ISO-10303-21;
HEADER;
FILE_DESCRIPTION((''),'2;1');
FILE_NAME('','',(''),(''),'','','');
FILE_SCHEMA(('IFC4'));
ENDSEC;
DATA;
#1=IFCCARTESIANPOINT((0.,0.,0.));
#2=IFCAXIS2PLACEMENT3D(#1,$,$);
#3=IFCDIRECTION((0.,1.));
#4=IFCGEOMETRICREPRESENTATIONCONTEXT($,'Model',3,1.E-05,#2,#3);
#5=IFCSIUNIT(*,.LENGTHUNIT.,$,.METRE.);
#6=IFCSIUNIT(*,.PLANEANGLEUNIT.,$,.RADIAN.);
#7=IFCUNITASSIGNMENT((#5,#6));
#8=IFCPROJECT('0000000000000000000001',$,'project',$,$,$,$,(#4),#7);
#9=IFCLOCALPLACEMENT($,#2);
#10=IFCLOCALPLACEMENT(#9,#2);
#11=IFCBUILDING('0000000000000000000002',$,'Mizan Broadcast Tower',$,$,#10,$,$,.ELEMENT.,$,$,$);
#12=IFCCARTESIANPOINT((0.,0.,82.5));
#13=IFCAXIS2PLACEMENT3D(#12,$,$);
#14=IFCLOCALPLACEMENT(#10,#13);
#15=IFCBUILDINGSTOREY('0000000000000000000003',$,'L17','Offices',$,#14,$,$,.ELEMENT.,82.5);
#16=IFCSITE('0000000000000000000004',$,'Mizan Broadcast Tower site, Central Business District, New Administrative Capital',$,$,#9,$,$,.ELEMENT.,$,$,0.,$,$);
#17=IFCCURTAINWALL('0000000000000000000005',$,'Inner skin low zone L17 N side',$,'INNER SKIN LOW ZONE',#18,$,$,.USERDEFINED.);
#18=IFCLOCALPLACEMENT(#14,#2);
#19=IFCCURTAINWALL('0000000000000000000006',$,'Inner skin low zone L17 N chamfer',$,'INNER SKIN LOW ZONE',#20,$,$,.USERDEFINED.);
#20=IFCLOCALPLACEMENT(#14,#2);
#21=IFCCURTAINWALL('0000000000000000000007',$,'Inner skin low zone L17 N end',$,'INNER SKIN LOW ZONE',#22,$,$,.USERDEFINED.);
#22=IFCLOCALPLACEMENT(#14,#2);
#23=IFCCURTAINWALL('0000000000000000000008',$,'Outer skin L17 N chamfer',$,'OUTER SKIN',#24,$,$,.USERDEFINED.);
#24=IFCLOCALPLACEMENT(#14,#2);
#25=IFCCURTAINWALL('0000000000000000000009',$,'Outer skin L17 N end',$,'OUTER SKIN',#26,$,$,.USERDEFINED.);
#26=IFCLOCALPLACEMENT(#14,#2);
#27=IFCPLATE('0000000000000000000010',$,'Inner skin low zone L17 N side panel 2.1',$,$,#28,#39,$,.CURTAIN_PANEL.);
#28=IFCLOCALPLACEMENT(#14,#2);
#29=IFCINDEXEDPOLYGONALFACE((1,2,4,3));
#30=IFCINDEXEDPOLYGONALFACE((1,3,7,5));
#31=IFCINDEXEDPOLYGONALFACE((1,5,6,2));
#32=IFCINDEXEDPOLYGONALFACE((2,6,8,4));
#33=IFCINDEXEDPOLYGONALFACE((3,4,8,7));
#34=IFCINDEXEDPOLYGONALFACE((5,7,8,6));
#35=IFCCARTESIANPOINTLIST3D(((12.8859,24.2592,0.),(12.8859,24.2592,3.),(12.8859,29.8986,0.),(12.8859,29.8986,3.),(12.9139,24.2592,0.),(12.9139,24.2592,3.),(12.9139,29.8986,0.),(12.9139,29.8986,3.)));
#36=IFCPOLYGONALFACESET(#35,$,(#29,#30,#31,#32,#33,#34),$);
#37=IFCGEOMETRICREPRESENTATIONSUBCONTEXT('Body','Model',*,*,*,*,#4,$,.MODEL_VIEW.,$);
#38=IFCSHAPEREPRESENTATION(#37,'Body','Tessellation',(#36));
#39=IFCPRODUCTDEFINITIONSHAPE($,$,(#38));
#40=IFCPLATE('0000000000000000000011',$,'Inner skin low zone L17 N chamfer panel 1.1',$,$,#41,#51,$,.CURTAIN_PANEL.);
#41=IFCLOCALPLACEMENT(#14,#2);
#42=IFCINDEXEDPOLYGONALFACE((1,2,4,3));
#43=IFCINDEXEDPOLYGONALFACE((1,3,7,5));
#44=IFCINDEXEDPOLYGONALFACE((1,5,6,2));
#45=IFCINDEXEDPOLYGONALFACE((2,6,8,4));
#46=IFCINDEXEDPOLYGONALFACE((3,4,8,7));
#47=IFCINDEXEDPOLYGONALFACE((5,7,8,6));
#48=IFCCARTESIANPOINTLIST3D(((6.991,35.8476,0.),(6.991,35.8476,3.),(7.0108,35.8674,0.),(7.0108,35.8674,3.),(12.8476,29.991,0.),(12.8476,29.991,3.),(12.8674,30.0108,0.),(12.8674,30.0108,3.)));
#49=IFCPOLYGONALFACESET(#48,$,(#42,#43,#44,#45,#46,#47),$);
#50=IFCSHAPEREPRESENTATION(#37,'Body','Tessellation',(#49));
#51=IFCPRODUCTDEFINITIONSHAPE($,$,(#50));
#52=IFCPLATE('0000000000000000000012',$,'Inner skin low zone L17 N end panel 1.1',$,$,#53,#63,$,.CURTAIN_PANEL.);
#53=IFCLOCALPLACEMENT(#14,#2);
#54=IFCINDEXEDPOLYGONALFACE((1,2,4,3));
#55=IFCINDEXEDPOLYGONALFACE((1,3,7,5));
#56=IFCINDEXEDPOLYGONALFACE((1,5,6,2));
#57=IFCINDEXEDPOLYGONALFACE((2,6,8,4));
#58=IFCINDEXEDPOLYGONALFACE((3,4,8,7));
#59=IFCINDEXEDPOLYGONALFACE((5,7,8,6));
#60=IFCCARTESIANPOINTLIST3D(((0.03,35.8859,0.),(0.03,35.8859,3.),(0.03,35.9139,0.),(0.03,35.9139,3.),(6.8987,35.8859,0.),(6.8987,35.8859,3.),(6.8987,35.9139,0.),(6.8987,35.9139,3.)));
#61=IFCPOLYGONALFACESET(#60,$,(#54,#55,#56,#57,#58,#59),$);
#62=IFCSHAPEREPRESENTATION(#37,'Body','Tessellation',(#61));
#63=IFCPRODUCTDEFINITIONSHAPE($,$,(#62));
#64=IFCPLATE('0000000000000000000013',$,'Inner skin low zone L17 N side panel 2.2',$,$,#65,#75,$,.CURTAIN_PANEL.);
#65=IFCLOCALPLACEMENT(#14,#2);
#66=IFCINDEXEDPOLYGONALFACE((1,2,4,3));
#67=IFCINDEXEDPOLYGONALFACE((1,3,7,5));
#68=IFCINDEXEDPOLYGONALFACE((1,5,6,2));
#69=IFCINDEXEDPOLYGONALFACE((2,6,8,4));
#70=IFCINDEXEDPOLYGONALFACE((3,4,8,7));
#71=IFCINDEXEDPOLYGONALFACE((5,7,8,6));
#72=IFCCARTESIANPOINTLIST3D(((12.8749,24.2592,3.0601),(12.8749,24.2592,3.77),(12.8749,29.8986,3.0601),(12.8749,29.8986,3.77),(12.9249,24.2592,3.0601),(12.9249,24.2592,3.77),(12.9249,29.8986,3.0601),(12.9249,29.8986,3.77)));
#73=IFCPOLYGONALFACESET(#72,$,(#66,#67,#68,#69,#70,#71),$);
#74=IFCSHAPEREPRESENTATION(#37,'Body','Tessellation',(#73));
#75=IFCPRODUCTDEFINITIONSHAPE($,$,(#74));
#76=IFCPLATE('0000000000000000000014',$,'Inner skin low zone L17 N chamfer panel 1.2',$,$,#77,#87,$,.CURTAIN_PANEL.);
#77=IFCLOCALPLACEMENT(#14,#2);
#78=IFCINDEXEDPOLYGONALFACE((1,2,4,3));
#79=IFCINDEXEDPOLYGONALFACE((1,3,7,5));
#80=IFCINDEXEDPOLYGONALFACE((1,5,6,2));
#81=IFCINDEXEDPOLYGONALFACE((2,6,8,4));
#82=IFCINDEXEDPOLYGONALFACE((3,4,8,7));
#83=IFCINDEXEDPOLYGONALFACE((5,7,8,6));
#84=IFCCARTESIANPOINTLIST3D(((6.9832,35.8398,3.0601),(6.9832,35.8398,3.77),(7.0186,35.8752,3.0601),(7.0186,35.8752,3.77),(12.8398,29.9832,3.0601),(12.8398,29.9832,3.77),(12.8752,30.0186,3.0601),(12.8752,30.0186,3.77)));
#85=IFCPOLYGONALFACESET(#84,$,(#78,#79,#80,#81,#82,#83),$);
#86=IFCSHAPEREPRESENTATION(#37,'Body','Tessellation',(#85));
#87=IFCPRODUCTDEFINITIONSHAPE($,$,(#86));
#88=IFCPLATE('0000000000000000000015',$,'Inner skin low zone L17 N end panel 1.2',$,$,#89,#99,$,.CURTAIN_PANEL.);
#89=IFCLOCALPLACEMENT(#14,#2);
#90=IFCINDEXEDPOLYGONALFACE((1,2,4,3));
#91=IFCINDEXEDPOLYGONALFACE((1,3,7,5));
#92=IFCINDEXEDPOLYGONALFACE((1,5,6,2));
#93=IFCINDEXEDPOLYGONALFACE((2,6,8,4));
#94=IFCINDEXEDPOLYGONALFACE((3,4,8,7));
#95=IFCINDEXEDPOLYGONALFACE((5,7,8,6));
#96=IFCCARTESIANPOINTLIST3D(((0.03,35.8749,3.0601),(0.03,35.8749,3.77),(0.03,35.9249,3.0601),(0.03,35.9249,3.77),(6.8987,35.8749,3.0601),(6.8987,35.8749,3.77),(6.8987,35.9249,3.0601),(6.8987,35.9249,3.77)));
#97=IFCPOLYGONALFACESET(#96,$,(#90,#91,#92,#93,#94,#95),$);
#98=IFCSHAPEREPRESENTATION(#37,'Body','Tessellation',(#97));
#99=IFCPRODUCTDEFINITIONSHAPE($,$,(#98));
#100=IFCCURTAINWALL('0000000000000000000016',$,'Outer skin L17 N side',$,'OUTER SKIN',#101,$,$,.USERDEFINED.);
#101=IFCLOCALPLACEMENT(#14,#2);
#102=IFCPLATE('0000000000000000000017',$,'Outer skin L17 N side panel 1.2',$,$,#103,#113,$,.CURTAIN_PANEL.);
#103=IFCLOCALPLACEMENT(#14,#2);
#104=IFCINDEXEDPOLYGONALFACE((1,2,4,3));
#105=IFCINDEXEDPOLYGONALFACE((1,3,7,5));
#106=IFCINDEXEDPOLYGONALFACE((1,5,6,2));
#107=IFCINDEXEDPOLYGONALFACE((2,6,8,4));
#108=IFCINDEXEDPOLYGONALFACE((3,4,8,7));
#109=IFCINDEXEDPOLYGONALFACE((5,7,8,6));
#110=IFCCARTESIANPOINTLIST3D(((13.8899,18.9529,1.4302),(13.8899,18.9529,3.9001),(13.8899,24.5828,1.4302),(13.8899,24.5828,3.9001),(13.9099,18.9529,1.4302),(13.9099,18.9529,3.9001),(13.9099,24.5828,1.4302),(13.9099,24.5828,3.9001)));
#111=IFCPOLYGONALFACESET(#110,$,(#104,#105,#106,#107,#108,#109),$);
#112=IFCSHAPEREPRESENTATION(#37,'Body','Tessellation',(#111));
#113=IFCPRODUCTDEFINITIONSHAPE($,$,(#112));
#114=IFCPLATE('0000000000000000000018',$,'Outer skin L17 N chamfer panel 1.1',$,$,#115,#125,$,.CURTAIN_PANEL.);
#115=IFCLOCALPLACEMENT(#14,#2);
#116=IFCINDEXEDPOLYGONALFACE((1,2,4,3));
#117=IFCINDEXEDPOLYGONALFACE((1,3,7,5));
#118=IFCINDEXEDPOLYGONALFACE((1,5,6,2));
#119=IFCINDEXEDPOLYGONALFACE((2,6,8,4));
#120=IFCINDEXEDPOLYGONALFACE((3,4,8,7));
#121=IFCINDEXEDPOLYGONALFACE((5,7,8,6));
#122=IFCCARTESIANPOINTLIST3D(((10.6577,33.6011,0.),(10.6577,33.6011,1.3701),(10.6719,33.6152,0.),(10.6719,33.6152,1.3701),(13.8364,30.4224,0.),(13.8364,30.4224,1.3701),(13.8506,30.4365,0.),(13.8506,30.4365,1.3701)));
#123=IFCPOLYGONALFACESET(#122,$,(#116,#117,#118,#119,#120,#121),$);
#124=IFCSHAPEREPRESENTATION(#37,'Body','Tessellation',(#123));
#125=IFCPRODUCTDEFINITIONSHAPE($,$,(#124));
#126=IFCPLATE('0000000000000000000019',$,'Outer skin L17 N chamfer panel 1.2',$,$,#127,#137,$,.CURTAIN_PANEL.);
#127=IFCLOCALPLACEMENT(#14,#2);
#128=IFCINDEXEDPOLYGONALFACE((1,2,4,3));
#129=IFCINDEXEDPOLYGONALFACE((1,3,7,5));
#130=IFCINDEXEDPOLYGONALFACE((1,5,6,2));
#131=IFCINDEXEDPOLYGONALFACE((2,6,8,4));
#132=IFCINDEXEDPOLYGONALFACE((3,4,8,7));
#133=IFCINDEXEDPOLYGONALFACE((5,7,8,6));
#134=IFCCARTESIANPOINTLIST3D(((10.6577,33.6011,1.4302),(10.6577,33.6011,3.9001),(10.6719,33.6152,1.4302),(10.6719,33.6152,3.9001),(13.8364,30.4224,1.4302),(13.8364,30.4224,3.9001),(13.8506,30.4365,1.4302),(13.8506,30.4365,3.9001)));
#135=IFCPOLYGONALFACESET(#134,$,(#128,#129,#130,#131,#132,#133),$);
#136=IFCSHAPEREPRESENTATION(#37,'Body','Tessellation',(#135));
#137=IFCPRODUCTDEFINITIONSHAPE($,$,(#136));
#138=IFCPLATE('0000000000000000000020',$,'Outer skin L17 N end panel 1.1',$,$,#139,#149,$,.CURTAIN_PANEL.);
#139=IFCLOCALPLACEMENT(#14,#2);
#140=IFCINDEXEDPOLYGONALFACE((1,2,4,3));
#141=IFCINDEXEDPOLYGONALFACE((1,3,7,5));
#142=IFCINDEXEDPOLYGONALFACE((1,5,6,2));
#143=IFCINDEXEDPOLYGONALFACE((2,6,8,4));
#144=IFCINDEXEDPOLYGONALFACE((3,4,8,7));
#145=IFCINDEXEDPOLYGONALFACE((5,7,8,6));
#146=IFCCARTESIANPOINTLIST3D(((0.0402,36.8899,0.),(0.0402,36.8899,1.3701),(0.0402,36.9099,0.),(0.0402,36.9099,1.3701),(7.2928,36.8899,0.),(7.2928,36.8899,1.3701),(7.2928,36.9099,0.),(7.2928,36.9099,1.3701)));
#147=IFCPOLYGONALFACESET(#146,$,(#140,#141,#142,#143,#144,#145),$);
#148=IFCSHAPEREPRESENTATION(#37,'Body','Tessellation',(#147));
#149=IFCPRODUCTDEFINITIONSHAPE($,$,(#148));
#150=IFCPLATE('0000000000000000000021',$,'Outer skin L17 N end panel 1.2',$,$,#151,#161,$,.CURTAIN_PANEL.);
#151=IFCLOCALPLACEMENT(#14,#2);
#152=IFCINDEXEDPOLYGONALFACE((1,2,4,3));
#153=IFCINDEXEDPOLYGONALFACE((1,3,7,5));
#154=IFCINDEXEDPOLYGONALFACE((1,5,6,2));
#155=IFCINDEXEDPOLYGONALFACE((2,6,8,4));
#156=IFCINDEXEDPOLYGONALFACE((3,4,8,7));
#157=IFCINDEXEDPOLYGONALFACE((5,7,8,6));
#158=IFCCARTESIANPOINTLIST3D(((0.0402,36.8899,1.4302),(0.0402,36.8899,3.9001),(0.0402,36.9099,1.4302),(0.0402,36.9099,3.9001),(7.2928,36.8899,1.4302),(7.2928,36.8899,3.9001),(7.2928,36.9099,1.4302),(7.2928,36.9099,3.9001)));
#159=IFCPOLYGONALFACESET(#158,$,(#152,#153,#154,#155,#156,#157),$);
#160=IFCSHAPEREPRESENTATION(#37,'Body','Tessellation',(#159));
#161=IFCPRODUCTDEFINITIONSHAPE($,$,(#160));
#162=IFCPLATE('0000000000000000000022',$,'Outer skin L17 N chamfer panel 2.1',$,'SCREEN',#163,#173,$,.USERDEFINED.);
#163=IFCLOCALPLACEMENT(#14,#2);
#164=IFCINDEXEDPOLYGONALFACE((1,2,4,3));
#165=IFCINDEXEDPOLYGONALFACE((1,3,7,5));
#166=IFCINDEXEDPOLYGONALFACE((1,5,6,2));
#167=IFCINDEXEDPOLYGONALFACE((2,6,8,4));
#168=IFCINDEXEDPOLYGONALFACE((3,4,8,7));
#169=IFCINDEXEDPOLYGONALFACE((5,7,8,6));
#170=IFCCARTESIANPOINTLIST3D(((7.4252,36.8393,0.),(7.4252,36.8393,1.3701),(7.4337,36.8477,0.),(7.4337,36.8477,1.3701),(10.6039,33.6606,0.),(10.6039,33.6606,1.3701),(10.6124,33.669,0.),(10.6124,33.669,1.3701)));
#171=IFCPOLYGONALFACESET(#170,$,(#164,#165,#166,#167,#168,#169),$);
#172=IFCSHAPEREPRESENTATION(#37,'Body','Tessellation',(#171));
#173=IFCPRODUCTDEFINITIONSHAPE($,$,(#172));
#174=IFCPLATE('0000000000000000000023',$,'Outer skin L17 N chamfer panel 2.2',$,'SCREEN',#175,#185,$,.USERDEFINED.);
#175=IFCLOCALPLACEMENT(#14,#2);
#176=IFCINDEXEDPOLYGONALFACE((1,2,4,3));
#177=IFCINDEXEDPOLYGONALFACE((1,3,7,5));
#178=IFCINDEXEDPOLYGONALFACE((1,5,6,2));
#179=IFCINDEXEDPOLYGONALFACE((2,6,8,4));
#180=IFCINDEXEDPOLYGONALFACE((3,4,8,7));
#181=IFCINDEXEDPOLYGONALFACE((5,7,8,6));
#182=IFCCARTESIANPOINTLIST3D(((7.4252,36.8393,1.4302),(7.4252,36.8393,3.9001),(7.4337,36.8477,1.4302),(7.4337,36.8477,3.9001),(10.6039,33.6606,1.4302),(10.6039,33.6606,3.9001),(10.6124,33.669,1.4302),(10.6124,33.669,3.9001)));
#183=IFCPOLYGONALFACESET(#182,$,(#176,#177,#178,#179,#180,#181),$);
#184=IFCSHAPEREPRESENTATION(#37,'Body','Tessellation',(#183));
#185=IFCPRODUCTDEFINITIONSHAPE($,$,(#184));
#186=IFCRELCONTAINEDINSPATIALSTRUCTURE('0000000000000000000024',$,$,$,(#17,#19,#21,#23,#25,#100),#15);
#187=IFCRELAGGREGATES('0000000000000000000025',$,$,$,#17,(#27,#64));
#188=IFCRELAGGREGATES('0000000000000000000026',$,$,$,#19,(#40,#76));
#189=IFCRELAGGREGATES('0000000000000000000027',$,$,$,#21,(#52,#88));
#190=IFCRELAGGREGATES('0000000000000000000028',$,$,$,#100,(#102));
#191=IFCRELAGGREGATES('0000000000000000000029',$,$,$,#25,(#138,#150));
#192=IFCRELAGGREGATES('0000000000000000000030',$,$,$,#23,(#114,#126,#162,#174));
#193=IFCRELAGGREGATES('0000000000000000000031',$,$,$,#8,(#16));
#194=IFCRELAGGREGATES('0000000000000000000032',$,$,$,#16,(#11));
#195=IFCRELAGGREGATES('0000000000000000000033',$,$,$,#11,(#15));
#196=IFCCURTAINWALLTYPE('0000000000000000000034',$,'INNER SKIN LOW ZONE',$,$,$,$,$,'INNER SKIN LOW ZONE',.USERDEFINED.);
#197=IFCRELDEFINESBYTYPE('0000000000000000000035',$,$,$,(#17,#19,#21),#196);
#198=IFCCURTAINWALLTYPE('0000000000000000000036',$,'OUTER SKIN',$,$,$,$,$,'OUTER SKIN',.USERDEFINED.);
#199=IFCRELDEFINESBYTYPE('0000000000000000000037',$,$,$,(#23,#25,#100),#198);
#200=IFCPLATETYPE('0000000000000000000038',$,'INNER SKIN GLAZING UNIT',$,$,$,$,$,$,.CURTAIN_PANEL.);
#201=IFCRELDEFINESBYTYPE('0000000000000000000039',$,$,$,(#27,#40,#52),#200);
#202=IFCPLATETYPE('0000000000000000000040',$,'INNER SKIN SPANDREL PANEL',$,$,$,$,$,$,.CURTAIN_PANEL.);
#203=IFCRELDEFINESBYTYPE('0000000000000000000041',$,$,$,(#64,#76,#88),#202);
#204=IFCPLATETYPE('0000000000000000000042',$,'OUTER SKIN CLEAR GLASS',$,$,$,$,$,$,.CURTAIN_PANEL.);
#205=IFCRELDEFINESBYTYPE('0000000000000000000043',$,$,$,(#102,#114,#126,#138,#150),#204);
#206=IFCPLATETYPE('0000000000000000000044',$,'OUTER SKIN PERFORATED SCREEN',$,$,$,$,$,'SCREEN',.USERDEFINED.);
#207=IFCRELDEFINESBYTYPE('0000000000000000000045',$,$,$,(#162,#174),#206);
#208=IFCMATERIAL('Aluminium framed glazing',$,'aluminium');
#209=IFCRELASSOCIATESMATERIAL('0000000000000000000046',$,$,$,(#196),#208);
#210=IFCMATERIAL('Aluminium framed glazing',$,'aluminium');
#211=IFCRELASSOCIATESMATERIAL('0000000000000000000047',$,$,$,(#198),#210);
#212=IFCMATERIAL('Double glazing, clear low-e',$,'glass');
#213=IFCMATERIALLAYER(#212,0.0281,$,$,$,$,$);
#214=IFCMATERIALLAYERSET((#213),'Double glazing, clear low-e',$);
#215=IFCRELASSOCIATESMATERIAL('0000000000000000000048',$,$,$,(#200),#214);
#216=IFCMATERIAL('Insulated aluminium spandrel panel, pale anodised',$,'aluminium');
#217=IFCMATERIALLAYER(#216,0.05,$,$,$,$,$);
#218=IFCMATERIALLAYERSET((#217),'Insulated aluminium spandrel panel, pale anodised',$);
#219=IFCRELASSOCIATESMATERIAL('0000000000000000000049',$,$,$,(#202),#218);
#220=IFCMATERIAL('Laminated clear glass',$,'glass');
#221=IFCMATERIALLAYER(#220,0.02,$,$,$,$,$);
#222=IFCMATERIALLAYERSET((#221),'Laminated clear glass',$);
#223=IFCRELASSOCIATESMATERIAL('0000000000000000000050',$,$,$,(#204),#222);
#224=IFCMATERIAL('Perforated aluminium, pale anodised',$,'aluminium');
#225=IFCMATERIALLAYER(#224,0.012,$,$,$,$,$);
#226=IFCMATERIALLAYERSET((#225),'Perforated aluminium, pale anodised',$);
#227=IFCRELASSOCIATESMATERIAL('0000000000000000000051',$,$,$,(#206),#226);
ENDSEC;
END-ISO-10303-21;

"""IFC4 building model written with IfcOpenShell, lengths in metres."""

from ifc_helpers import new_model, si_unit, direction, frame, origin, origin_2d, place, context, subcontext, project, spatial, rectangle, extrude, material, layer, layer_set, type_object, element, aggregate, save


model = new_model("IFC4")

# Units and contexts
model_context = context("Model", 3, precision=1e-05, world=origin(), true_north=direction((0.0, 1.0)))
body_context = subcontext(model_context, "Body", "Model", "MODEL_VIEW")
ifc_project = project(units=[si_unit("LENGTHUNIT", "METRE"), si_unit("PLANEANGLEUNIT", "RADIAN")], contexts=[model_context])

# Site, building, storey
site_placement = place(None, origin())
site = spatial("IfcSite", under=ifc_project, at=site_placement, Name="Mizan Broadcast Tower site, Central Business District, New Administrative Capital", CompositionType="ELEMENT", RefElevation=0.0)
building_placement = place(site_placement, origin())
building = spatial("IfcBuilding", under=site, at=building_placement, Name="Mizan Broadcast Tower", CompositionType="ELEMENT")
storey_placement = place(building_placement, frame((0.0, 0.0, 82.5)))
storey = spatial("IfcBuildingStorey", under=building, at=storey_placement, Name="L17", Description="Offices", CompositionType="ELEMENT", Elevation=82.5)

# Curtain wall
ifc_material_1 = material(Name="Aluminium framed glazing", Category="aluminium")
curtain_wall_type_1 = type_object("IfcCurtainWallType", Name="INNER SKIN LOW ZONE", ElementType="INNER SKIN LOW ZONE", PredefinedType="USERDEFINED", material=ifc_material_1)
curtain_wall_1_placement = place(storey_placement, origin())
curtain_wall_1 = element("IfcCurtainWall", 1, at=curtain_wall_1_placement, inside=storey, type_object=curtain_wall_type_1, Name="Inner skin low zone L17 N side", ObjectType="INNER SKIN LOW ZONE", PredefinedType="USERDEFINED")

# Curtain walls
curtain_wall_2_placement = place(storey_placement, origin())
curtain_wall_2 = element("IfcCurtainWall", 2, at=curtain_wall_2_placement, inside=storey, type_object=curtain_wall_type_1, Name="Inner skin low zone L17 N chamfer", ObjectType="INNER SKIN LOW ZONE", PredefinedType="USERDEFINED")
curtain_wall_3_placement = place(storey_placement, origin())
curtain_wall_3 = element("IfcCurtainWall", 3, at=curtain_wall_3_placement, inside=storey, type_object=curtain_wall_type_1, Name="Inner skin low zone L17 N end", ObjectType="INNER SKIN LOW ZONE", PredefinedType="USERDEFINED")

# Curtain wall
ifc_material_2 = material(Name="Aluminium framed glazing", Category="aluminium")
curtain_wall_type_2 = type_object("IfcCurtainWallType", Name="OUTER SKIN", ElementType="OUTER SKIN", PredefinedType="USERDEFINED", material=ifc_material_2)
curtain_wall_4_placement = place(storey_placement, origin())
curtain_wall_4 = element("IfcCurtainWall", 4, at=curtain_wall_4_placement, inside=storey, type_object=curtain_wall_type_2, Name="Outer skin L17 N chamfer", ObjectType="OUTER SKIN", PredefinedType="USERDEFINED")

# Curtain wall
curtain_wall_5_placement = place(storey_placement, origin())
curtain_wall_5 = element("IfcCurtainWall", 5, at=curtain_wall_5_placement, inside=storey, type_object=curtain_wall_type_2, Name="Outer skin L17 N end", ObjectType="OUTER SKIN", PredefinedType="USERDEFINED")

# Plates
ifc_material_3 = material(Name="Double glazing, clear low-e", Category="glass")
ifc_layer_1 = layer(ifc_material_3, 0.0281)
ifc_layer_set_1 = layer_set([ifc_layer_1], Name="Double glazing, clear low-e")
plate_type_1 = type_object("IfcPlateType", Name="INNER SKIN GLAZING UNIT", PredefinedType="CURTAIN_PANEL", material=ifc_layer_set_1)
plate_1_placement = place(storey_placement, frame((12.8999, 27.0789, 0.0), z_axis=(0.0, 0.0, 1.0), x_axis=(0.0, 1.0, 0.0)))
plate_1 = element("IfcPlate", 6, at=plate_1_placement, type_object=plate_type_1, Name="Inner skin low zone L17 N side panel 2.1", PredefinedType="CURTAIN_PANEL", context=body_context, shape_type="SweptSolid", body=[
    extrude(rectangle(XDim=5.6394, YDim=0.0281, at=origin_2d()), origin(), (0.0, 0.0, 1.0), 3.0),
])
plate_2_placement = place(storey_placement, frame((9.9292, 32.9292, 0.0), z_axis=(0.0, 0.0, 1.0), x_axis=(-0.707107, 0.707107, 0.0)))
plate_2 = element("IfcPlate", 7, at=plate_2_placement, type_object=plate_type_1, Name="Inner skin low zone L17 N chamfer panel 1.1", PredefinedType="CURTAIN_PANEL", context=body_context, shape_type="SweptSolid", body=[
    extrude(rectangle(XDim=8.2825, YDim=0.0281, at=origin_2d()), origin(), (0.0, 0.0, 1.0), 3.0),
])
plate_3_placement = place(storey_placement, frame((3.4644, 35.8999, 0.0), z_axis=(0.0, 0.0, 1.0), x_axis=(-1.0, 0.0, 0.0)))
plate_3 = element("IfcPlate", 8, at=plate_3_placement, type_object=plate_type_1, Name="Inner skin low zone L17 N end panel 1.1", PredefinedType="CURTAIN_PANEL", context=body_context, shape_type="SweptSolid", body=[
    extrude(rectangle(XDim=6.8687, YDim=0.0281, at=origin_2d()), origin(), (0.0, 0.0, 1.0), 3.0),
])
ifc_material_4 = material(Name="Insulated aluminium spandrel panel, pale anodised", Category="aluminium")
ifc_layer_2 = layer(ifc_material_4, 0.05)
ifc_layer_set_2 = layer_set([ifc_layer_2], Name="Insulated aluminium spandrel panel, pale anodised")
plate_type_2 = type_object("IfcPlateType", Name="INNER SKIN SPANDREL PANEL", PredefinedType="CURTAIN_PANEL", material=ifc_layer_set_2)
plate_4_placement = place(storey_placement, frame((12.8999, 27.0789, 3.0601), z_axis=(0.0, 0.0, 1.0), x_axis=(0.0, 1.0, 0.0)))
plate_4 = element("IfcPlate", 9, at=plate_4_placement, type_object=plate_type_2, Name="Inner skin low zone L17 N side panel 2.2", PredefinedType="CURTAIN_PANEL", context=body_context, shape_type="SweptSolid", body=[
    extrude(rectangle(XDim=5.6394, YDim=0.05, at=origin_2d()), origin(), (0.0, 0.0, 1.0), 0.71),
])
aggregate(curtain_wall_1, [plate_1, plate_4])
plate_5_placement = place(storey_placement, frame((9.9292, 32.9292, 3.0601), z_axis=(0.0, 0.0, 1.0), x_axis=(-0.707107, 0.707107, 0.0)))
plate_5 = element("IfcPlate", 10, at=plate_5_placement, type_object=plate_type_2, Name="Inner skin low zone L17 N chamfer panel 1.2", PredefinedType="CURTAIN_PANEL", context=body_context, shape_type="SweptSolid", body=[
    extrude(rectangle(XDim=8.2825, YDim=0.05, at=origin_2d()), origin(), (0.0, 0.0, 1.0), 0.71),
])
aggregate(curtain_wall_2, [plate_2, plate_5])
plate_6_placement = place(storey_placement, frame((3.4644, 35.8999, 3.0601), z_axis=(0.0, 0.0, 1.0), x_axis=(-1.0, 0.0, 0.0)))
plate_6 = element("IfcPlate", 11, at=plate_6_placement, type_object=plate_type_2, Name="Inner skin low zone L17 N end panel 1.2", PredefinedType="CURTAIN_PANEL", context=body_context, shape_type="SweptSolid", body=[
    extrude(rectangle(XDim=6.8687, YDim=0.05, at=origin_2d()), origin(), (0.0, 0.0, 1.0), 0.71),
])
aggregate(curtain_wall_3, [plate_3, plate_6])

# Curtain wall, plate
curtain_wall_6_placement = place(storey_placement, origin())
curtain_wall_6 = element("IfcCurtainWall", 12, at=curtain_wall_6_placement, inside=storey, type_object=curtain_wall_type_2, Name="Outer skin L17 N side", ObjectType="OUTER SKIN", PredefinedType="USERDEFINED")
ifc_material_5 = material(Name="Laminated clear glass", Category="glass")
ifc_layer_3 = layer(ifc_material_5, 0.02)
ifc_layer_set_3 = layer_set([ifc_layer_3], Name="Laminated clear glass")
plate_type_3 = type_object("IfcPlateType", Name="OUTER SKIN CLEAR GLASS", PredefinedType="CURTAIN_PANEL", material=ifc_layer_set_3)
plate_7_placement = place(storey_placement, frame((13.8999, 21.7678, 1.4302), z_axis=(0.0, 0.0, 1.0), x_axis=(0.0, 1.0, 0.0)))
plate_7 = element("IfcPlate", 13, at=plate_7_placement, type_object=plate_type_3, Name="Outer skin L17 N side panel 1.2", PredefinedType="CURTAIN_PANEL", context=body_context, shape_type="SweptSolid", body=[
    extrude(rectangle(XDim=5.6299, YDim=0.02, at=origin_2d()), origin(), (0.0, 0.0, 1.0), 2.47),
])
aggregate(curtain_wall_6, [plate_7])

# Plates
plate_8_placement = place(storey_placement, frame((12.2542, 32.0188, 0.0), z_axis=(0.0, 0.0, 1.0), x_axis=(-0.707107, 0.707107, 0.0)))
plate_8 = element("IfcPlate", 14, at=plate_8_placement, type_object=plate_type_3, Name="Outer skin L17 N chamfer panel 1.1", PredefinedType="CURTAIN_PANEL", context=body_context, shape_type="SweptSolid", body=[
    extrude(rectangle(XDim=4.4954, YDim=0.02, at=origin_2d()), origin(), (0.0, 0.0, 1.0), 1.3701),
])
plate_9_placement = place(storey_placement, frame((12.2542, 32.0188, 1.4302), z_axis=(0.0, 0.0, 1.0), x_axis=(-0.707107, 0.707107, 0.0)))
plate_9 = element("IfcPlate", 15, at=plate_9_placement, type_object=plate_type_3, Name="Outer skin L17 N chamfer panel 1.2", PredefinedType="CURTAIN_PANEL", context=body_context, shape_type="SweptSolid", body=[
    extrude(rectangle(XDim=4.4954, YDim=0.02, at=origin_2d()), origin(), (0.0, 0.0, 1.0), 2.47),
])
plate_10_placement = place(storey_placement, frame((3.6665, 36.8999, 0.0), z_axis=(0.0, 0.0, 1.0), x_axis=(-1.0, 0.0, 0.0)))
plate_10 = element("IfcPlate", 16, at=plate_10_placement, type_object=plate_type_3, Name="Outer skin L17 N end panel 1.1", PredefinedType="CURTAIN_PANEL", context=body_context, shape_type="SweptSolid", body=[
    extrude(rectangle(XDim=7.2527, YDim=0.02, at=origin_2d()), origin(), (0.0, 0.0, 1.0), 1.3701),
])
plate_11_placement = place(storey_placement, frame((3.6665, 36.8999, 1.4302), z_axis=(0.0, 0.0, 1.0), x_axis=(-1.0, 0.0, 0.0)))
plate_11 = element("IfcPlate", 17, at=plate_11_placement, type_object=plate_type_3, Name="Outer skin L17 N end panel 1.2", PredefinedType="CURTAIN_PANEL", context=body_context, shape_type="SweptSolid", body=[
    extrude(rectangle(XDim=7.2527, YDim=0.02, at=origin_2d()), origin(), (0.0, 0.0, 1.0), 2.47),
])
aggregate(curtain_wall_5, [plate_10, plate_11])
ifc_material_6 = material(Name="Perforated aluminium, pale anodised", Category="aluminium")
ifc_layer_4 = layer(ifc_material_6, 0.012)
ifc_layer_set_4 = layer_set([ifc_layer_4], Name="Perforated aluminium, pale anodised")
plate_type_4 = type_object("IfcPlateType", Name="OUTER SKIN PERFORATED SCREEN", ElementType="SCREEN", PredefinedType="USERDEFINED", material=ifc_layer_set_4)
plate_12_placement = place(storey_placement, frame((9.0188, 35.2542, 0.0), z_axis=(0.0, 0.0, 1.0), x_axis=(-0.707107, 0.707107, 0.0)))
plate_12 = element("IfcPlate", 18, at=plate_12_placement, type_object=plate_type_4, Name="Outer skin L17 N chamfer panel 2.1", ObjectType="SCREEN", PredefinedType="USERDEFINED", context=body_context, shape_type="SweptSolid", body=[
    extrude(rectangle(XDim=4.4954, YDim=0.012, at=origin_2d()), origin(), (0.0, 0.0, 1.0), 1.3701),
])
plate_13_placement = place(storey_placement, frame((9.0188, 35.2542, 1.4302), z_axis=(0.0, 0.0, 1.0), x_axis=(-0.707107, 0.707107, 0.0)))
plate_13 = element("IfcPlate", 19, at=plate_13_placement, type_object=plate_type_4, Name="Outer skin L17 N chamfer panel 2.2", ObjectType="SCREEN", PredefinedType="USERDEFINED", context=body_context, shape_type="SweptSolid", body=[
    extrude(rectangle(XDim=4.4954, YDim=0.012, at=origin_2d()), origin(), (0.0, 0.0, 1.0), 2.47),
])
aggregate(curtain_wall_4, [plate_8, plate_9, plate_12, plate_13])

save(model, "model.ifc")
